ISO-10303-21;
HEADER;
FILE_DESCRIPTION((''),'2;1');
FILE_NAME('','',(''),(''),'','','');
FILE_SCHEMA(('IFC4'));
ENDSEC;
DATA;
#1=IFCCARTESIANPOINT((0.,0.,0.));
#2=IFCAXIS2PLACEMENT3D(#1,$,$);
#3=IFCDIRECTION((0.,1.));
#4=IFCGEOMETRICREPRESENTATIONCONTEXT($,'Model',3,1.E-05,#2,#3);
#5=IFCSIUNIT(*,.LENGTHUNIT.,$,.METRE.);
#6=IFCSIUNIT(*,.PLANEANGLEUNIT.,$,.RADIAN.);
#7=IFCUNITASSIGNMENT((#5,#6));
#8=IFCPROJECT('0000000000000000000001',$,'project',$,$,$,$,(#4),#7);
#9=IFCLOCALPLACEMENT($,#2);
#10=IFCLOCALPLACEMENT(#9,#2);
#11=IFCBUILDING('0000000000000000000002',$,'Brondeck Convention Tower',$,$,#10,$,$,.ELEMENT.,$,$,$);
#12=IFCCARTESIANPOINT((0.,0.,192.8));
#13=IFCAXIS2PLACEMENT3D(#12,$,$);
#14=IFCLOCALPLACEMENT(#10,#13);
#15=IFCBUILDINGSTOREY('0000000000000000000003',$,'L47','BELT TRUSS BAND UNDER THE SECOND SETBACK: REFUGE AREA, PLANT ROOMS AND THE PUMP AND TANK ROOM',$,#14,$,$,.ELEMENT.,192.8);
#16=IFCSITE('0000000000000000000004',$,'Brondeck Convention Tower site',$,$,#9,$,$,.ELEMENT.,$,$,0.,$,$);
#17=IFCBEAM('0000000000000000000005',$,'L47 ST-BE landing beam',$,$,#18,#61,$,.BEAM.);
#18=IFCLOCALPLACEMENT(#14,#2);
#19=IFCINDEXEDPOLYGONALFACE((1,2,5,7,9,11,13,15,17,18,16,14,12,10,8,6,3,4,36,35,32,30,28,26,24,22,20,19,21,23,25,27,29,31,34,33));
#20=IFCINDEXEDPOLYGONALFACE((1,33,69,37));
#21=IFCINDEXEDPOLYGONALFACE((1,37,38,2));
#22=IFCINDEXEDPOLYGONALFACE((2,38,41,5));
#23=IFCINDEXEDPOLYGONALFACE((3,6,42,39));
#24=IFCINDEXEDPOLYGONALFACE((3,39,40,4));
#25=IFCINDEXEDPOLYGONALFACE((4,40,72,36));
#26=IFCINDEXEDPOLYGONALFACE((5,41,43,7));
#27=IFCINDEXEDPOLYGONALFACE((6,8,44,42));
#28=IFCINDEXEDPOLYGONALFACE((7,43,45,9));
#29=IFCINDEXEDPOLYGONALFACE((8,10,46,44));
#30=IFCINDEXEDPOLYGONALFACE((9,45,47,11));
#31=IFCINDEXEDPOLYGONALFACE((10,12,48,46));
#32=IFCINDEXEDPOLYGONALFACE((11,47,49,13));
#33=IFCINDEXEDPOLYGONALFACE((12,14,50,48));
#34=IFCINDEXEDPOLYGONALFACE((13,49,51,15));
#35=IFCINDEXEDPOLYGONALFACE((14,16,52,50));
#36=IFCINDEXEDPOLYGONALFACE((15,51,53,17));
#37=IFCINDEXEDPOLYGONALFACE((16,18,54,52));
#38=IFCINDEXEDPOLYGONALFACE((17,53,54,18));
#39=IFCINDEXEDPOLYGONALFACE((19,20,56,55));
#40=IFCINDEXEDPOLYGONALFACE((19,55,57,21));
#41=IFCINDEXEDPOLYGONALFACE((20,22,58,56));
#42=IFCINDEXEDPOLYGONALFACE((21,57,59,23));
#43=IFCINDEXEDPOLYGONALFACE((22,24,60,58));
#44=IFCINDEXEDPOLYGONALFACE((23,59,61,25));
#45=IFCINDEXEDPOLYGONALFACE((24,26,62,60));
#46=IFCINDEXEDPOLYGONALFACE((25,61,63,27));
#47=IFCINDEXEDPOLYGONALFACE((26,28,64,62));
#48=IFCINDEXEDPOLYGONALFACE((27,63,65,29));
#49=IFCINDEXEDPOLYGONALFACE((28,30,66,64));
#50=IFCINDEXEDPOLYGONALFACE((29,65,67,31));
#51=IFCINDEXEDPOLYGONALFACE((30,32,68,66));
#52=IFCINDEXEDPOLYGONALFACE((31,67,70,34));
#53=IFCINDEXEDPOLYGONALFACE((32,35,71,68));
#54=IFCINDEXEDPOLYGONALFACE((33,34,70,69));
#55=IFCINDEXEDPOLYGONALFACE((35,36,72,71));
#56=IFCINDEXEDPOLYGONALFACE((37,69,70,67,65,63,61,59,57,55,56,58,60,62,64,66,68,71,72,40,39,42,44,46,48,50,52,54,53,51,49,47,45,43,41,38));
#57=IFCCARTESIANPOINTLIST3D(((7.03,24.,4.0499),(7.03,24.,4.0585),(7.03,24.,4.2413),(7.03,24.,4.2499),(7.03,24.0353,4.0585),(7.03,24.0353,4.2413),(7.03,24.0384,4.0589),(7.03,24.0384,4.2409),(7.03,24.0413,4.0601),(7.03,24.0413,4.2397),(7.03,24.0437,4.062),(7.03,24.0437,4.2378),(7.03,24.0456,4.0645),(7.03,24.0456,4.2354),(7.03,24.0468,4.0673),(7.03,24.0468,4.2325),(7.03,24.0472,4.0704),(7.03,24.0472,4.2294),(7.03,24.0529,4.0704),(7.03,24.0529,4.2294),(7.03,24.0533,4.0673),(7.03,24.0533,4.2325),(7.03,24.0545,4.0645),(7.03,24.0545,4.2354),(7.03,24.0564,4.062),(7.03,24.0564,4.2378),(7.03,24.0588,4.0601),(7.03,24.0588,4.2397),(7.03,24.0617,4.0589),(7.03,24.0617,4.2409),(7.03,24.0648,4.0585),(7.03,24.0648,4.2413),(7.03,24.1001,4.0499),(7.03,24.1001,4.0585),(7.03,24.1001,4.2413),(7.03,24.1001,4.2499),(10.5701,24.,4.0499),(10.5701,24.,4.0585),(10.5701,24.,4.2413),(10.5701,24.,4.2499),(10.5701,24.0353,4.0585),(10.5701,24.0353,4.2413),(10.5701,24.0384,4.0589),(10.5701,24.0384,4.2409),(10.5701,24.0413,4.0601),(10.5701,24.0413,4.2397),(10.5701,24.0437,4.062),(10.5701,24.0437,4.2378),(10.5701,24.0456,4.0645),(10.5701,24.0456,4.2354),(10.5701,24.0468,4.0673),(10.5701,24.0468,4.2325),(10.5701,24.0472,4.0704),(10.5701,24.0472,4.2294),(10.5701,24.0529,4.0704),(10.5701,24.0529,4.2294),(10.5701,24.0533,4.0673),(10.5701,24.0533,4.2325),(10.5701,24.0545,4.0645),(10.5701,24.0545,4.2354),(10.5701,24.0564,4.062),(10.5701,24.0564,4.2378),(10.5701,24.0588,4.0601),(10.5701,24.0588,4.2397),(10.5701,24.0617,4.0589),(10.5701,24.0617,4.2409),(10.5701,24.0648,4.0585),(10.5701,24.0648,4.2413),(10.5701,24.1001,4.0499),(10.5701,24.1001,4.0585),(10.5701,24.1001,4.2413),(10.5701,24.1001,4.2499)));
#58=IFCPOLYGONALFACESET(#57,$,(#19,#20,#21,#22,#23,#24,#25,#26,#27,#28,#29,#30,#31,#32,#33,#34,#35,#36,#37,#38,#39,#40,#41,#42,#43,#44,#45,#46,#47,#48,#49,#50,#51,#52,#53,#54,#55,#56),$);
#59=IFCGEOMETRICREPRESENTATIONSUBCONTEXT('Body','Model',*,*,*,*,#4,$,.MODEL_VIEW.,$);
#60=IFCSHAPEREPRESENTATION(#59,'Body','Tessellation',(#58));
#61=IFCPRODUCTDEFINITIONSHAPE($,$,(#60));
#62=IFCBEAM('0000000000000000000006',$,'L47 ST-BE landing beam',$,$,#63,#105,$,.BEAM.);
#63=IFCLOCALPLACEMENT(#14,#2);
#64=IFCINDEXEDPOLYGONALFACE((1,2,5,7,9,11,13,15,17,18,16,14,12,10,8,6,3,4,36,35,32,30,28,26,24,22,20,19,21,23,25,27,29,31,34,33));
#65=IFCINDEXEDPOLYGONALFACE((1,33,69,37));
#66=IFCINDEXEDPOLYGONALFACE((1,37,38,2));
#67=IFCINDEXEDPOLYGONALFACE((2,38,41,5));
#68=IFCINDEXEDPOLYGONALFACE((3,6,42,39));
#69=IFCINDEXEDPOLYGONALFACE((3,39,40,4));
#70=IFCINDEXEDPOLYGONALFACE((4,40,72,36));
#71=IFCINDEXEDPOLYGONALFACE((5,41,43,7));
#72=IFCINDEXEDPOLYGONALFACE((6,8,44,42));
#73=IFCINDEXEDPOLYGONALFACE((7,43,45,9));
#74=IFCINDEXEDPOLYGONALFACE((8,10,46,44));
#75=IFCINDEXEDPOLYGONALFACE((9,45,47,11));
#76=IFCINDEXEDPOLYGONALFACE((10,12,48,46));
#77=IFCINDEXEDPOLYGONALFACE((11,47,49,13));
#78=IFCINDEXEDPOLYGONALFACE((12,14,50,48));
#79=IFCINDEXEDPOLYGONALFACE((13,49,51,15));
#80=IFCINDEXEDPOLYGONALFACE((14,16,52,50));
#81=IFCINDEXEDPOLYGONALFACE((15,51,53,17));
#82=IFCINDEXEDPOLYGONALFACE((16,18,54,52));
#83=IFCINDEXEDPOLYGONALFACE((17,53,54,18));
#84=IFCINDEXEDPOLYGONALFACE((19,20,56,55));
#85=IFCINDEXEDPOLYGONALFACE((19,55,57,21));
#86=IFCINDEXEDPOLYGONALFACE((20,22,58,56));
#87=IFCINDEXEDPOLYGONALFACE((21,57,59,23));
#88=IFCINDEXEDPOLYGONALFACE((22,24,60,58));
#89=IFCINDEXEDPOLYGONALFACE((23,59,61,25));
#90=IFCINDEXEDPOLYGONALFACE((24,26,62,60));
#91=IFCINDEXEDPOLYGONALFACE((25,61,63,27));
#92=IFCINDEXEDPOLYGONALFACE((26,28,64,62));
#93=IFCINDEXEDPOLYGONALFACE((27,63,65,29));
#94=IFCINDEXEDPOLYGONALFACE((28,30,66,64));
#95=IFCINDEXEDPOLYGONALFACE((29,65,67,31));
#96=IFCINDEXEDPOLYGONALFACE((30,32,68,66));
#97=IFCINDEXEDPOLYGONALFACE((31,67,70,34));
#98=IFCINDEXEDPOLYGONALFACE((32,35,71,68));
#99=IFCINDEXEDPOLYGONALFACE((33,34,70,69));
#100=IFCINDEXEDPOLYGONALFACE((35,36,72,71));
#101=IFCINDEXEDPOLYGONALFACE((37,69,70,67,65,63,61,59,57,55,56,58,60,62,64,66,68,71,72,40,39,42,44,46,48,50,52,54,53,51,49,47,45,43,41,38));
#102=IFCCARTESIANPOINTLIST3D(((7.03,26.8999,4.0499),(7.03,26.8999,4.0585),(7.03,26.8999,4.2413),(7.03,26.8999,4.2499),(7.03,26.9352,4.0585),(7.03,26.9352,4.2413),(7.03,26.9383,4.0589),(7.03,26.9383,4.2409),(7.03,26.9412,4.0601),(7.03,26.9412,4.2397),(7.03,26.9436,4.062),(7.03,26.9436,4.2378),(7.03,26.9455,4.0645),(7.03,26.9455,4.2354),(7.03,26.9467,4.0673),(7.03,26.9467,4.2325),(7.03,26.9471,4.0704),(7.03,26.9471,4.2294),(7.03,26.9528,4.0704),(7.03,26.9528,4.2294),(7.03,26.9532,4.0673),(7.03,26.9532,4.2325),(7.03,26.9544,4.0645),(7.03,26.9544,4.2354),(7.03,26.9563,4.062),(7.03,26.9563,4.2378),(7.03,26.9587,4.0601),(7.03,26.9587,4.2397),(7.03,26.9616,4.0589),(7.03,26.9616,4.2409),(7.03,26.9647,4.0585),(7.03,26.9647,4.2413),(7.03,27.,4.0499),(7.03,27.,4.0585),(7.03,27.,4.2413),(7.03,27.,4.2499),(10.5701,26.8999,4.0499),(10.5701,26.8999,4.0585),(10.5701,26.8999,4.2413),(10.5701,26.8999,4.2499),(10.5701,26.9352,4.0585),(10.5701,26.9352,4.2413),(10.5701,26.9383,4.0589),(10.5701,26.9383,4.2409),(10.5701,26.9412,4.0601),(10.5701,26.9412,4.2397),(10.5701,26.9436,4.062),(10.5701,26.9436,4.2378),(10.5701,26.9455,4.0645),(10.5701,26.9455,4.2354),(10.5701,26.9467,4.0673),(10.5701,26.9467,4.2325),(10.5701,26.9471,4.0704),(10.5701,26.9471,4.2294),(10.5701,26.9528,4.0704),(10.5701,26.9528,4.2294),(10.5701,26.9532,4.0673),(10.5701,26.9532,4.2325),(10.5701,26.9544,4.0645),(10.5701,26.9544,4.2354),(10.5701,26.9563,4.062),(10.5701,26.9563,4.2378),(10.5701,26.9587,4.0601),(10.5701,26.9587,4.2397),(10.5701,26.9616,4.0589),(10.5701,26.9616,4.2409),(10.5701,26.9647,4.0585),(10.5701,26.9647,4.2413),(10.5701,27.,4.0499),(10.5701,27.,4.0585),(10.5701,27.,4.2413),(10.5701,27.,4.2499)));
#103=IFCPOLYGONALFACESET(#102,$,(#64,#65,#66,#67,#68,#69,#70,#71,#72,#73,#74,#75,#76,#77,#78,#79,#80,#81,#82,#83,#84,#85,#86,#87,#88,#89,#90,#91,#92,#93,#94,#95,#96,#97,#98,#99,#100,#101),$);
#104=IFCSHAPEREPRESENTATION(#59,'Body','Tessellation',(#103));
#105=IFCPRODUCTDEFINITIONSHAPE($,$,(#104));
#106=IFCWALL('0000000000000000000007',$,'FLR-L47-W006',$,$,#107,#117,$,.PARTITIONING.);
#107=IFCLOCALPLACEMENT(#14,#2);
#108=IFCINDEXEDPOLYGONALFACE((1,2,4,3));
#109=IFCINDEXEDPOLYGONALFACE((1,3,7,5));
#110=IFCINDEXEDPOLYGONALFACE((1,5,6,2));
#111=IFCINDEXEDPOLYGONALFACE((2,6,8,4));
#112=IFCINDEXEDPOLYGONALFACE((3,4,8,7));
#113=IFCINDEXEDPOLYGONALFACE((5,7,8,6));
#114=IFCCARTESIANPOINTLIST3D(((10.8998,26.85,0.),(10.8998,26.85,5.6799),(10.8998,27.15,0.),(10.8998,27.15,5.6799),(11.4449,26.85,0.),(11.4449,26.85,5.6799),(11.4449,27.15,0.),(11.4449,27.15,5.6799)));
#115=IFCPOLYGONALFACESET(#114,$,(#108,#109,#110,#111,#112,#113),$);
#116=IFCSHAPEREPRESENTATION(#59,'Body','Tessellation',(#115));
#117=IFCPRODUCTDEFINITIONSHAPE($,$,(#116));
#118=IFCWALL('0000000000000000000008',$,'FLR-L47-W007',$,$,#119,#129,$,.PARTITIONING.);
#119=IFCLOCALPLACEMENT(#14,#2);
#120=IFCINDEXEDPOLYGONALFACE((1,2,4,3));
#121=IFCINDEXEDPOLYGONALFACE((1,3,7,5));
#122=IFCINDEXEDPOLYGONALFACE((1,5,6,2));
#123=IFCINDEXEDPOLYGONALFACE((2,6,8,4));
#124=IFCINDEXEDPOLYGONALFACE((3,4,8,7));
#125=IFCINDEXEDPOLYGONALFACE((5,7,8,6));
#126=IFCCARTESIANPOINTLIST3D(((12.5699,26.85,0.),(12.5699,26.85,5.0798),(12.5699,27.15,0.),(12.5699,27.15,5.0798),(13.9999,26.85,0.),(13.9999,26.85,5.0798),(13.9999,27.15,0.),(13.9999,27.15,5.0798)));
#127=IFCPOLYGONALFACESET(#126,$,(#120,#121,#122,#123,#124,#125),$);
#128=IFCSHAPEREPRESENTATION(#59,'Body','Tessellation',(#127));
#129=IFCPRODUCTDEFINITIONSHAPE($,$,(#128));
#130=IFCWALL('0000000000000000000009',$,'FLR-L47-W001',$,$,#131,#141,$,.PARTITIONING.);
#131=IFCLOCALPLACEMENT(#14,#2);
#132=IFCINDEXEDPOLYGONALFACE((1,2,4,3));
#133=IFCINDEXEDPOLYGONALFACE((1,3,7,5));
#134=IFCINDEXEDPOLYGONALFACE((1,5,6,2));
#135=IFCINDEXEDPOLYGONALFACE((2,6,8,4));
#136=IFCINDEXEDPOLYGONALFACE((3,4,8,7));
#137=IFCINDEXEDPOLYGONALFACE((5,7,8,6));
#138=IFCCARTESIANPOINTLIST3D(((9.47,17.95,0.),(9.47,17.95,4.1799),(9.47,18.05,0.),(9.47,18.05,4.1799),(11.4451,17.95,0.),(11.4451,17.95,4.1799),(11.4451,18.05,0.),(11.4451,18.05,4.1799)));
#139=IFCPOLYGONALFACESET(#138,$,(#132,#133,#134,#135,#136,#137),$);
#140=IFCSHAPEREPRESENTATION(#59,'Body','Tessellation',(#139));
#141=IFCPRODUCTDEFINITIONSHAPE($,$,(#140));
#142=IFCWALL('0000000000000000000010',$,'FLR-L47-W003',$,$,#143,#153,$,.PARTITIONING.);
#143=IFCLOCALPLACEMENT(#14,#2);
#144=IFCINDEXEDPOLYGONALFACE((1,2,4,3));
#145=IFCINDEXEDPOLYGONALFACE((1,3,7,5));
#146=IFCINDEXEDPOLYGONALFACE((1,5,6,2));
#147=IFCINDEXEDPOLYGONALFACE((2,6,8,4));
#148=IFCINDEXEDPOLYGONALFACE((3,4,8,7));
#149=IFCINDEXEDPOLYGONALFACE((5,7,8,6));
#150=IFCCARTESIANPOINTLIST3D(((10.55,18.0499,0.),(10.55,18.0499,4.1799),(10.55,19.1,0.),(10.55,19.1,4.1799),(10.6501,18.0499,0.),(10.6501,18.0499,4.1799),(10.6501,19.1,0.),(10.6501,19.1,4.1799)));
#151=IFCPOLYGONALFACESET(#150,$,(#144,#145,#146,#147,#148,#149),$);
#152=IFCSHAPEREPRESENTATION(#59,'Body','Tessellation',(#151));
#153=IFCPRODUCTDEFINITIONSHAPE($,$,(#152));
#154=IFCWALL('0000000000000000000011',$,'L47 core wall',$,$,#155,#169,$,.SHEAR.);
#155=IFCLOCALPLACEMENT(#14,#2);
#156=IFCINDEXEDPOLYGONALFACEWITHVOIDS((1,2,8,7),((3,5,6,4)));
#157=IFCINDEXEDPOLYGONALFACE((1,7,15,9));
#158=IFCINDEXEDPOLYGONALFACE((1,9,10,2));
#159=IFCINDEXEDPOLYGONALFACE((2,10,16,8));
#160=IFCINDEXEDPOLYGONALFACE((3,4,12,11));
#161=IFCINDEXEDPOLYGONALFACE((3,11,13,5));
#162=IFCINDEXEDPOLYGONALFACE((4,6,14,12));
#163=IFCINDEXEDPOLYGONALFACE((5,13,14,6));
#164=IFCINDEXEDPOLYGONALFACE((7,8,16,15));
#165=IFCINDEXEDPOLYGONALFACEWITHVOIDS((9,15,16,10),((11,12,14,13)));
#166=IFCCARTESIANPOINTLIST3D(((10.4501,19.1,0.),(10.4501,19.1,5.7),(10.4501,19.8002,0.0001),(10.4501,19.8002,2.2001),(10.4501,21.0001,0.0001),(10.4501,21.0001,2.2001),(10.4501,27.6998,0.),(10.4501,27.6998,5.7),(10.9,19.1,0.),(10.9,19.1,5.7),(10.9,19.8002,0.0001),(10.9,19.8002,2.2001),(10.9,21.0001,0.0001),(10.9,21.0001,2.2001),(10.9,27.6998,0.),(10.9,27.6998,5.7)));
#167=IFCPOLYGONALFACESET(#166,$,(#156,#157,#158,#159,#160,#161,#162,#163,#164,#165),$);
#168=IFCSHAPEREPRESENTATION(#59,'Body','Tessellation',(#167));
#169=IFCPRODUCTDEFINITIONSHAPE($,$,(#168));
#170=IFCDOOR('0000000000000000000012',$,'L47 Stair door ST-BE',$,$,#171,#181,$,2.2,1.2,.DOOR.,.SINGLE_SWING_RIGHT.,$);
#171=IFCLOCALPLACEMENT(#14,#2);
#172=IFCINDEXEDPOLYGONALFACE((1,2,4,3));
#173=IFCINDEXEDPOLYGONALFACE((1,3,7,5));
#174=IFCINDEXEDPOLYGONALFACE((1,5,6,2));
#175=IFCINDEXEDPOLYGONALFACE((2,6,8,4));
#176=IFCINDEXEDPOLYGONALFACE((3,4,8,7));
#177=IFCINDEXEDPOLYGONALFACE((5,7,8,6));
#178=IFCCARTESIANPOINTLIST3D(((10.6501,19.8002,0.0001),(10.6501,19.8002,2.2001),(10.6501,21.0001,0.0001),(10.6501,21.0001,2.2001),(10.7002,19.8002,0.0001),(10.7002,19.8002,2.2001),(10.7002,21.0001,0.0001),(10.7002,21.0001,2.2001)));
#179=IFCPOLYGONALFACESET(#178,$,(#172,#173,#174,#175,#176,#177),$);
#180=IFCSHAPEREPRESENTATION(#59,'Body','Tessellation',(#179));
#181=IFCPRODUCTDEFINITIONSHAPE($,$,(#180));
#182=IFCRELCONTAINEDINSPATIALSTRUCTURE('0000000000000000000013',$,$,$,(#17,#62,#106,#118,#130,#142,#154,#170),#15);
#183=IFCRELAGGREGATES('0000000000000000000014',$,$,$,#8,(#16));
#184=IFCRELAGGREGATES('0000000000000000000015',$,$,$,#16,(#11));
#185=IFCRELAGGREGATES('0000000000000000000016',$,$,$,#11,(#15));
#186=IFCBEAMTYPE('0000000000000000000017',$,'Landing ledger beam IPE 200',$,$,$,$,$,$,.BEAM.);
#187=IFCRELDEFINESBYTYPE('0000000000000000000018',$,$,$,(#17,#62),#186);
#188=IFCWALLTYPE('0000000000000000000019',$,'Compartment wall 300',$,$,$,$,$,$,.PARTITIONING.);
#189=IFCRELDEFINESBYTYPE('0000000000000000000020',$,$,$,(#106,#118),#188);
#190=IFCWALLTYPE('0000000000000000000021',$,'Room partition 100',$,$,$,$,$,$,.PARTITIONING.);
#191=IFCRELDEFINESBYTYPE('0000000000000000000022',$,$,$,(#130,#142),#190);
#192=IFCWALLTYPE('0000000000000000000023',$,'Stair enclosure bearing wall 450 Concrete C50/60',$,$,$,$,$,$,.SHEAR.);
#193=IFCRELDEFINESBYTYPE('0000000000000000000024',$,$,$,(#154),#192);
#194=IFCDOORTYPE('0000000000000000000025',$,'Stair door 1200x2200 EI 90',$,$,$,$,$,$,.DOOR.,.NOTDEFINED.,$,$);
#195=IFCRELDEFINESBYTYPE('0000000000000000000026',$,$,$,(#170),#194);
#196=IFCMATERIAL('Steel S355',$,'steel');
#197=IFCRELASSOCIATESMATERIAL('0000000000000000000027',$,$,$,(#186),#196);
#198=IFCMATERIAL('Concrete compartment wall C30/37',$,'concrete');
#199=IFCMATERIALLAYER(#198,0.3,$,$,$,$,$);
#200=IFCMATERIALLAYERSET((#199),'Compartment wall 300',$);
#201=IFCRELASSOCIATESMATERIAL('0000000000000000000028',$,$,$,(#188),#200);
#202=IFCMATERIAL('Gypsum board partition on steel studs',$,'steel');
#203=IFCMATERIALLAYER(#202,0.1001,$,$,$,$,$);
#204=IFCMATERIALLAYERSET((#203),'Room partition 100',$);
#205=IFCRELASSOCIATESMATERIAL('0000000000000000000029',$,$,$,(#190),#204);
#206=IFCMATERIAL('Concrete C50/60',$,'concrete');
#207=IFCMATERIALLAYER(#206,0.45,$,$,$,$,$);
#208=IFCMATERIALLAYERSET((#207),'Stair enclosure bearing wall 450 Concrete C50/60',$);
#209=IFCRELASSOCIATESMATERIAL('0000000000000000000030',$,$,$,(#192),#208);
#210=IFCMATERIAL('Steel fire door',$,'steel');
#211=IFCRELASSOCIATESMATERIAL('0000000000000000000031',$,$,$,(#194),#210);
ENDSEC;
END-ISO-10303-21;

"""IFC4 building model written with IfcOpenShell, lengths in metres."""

from ifc_helpers import new_model, si_unit, direction, frame, frame_2d, origin, origin_2d, place, context, subcontext, project, spatial, rectangle, i_section, extrude, material, layer, layer_set, material_profile, profile_set, type_object, element, fill, save


model = new_model("IFC4")

# Units and contexts
model_context = context("Model", 3, precision=1e-05, world=origin(), true_north=direction((0.0, 1.0)))
body_context = subcontext(model_context, "Body", "Model", "MODEL_VIEW")
ifc_project = project(units=[si_unit("LENGTHUNIT", "METRE"), si_unit("PLANEANGLEUNIT", "RADIAN")], contexts=[model_context])

# Site, building, storey
site_placement = place(None, origin())
site = spatial("IfcSite", under=ifc_project, at=site_placement, Name="Brondeck Convention Tower site", CompositionType="ELEMENT", RefElevation=0.0)
building_placement = place(site_placement, origin())
building = spatial("IfcBuilding", under=site, at=building_placement, Name="Brondeck Convention Tower", CompositionType="ELEMENT")
storey_placement = place(building_placement, frame((0.0, 0.0, 192.8)))
storey = spatial("IfcBuildingStorey", under=building, at=storey_placement, Name="L47", Description="BELT TRUSS BAND UNDER THE SECOND SETBACK: REFUGE AREA, PLANT ROOMS AND THE PUMP AND TANK ROOM", CompositionType="ELEMENT", Elevation=192.8)

# Beams
ifc_material_1 = material(Name="Steel S355", Category="steel")
ifc_material_profile_1 = material_profile(ifc_material_1, i_section(OverallWidth=0.1001, OverallDepth=0.2, WebThickness=0.0056, FlangeThickness=0.0085, FilletRadius=0.012, at=origin_2d()), Name="IPE200")
ifc_profile_set_1 = profile_set([ifc_material_profile_1], Name="Steel S355")
beam_type_1 = type_object("IfcBeamType", Name="Landing ledger beam IPE 200", PredefinedType="BEAM", material=ifc_profile_set_1)
for number, where, z_axis, x_axis, name in (
    (1, (10.5701, 24.05, 4.1499), (-1.0, 0.0, 0.0), (0.0, -1.0, 0.0), "L47 ST-BE landing beam"),
    (2, (10.5701, 26.95, 4.1499), (-1.0, 0.0, 0.0), (0.0, -1.0, 0.0), "L47 ST-BE landing beam"),
):
    element("IfcBeam", number, at=place(storey_placement, frame(where, z_axis=z_axis, x_axis=x_axis)), inside=storey, type_object=beam_type_1, Name=name, PredefinedType="BEAM", context=body_context, shape_type="SweptSolid", body=[
        extrude(i_section(OverallWidth=0.1001, OverallDepth=0.2, WebThickness=0.0056, FlangeThickness=0.0085, FilletRadius=0.012, at=origin_2d()), origin(), (0.0, 0.0, 1.0), 3.54),
    ])

# Walls
ifc_material_2 = material(Name="Concrete compartment wall C30/37", Category="concrete")
ifc_layer_1 = layer(ifc_material_2, 0.3)
ifc_layer_set_1 = layer_set([ifc_layer_1], Name="Compartment wall 300")
wall_type_1 = type_object("IfcWallType", Name="Compartment wall 300", PredefinedType="PARTITIONING", material=ifc_layer_set_1)
wall_1_placement = place(storey_placement, frame((10.8999, 27.0, 0.0), z_axis=(0.0, 0.0, 1.0), x_axis=(1.0, 0.0, 0.0)))
element("IfcWall", 3, at=wall_1_placement, inside=storey, type_object=wall_type_1, Name="FLR-L47-W006", PredefinedType="PARTITIONING", context=body_context, shape_type="SweptSolid", body=[
    extrude(rectangle(XDim=0.5452, YDim=0.3, at=frame_2d((0.2725, 0.0))), origin(), (0.0, 0.0, 1.0), 5.6799),
])
wall_2_placement = place(storey_placement, frame((12.5701, 27.0, 0.0), z_axis=(0.0, 0.0, 1.0), x_axis=(1.0, 0.0, 0.0)))
element("IfcWall", 4, at=wall_2_placement, inside=storey, type_object=wall_type_1, Name="FLR-L47-W007", PredefinedType="PARTITIONING", context=body_context, shape_type="SweptSolid", body=[
    extrude(rectangle(XDim=1.4299, YDim=0.3, at=frame_2d((0.7148, 0.0))), origin(), (0.0, 0.0, 1.0), 5.0798),
])
ifc_material_3 = material(Name="Gypsum board partition on steel studs", Category="steel")
ifc_layer_2 = layer(ifc_material_3, 0.1001)
ifc_layer_set_2 = layer_set([ifc_layer_2], Name="Room partition 100")
wall_type_2 = type_object("IfcWallType", Name="Room partition 100", PredefinedType="PARTITIONING", material=ifc_layer_set_2)
wall_3_placement = place(storey_placement, frame((11.4451, 18.0, 0.0), z_axis=(0.0, 0.0, 1.0), x_axis=(-1.0, 0.0, 0.0)))
element("IfcWall", 5, at=wall_3_placement, inside=storey, type_object=wall_type_2, Name="FLR-L47-W001", PredefinedType="PARTITIONING", context=body_context, shape_type="SweptSolid", body=[
    extrude(rectangle(XDim=1.9751, YDim=0.1001, at=frame_2d((0.9875, 0.0))), origin(), (0.0, 0.0, 1.0), 4.1799),
])
wall_4_placement = place(storey_placement, frame((10.6001, 18.05, 0.0), z_axis=(0.0, 0.0, 1.0), x_axis=(0.0, 1.0, 0.0)))
element("IfcWall", 6, at=wall_4_placement, inside=storey, type_object=wall_type_2, Name="FLR-L47-W003", PredefinedType="PARTITIONING", context=body_context, shape_type="SweptSolid", body=[
    extrude(rectangle(XDim=1.05, YDim=0.1001, at=frame_2d((0.5249, 0.0))), origin(), (0.0, 0.0, 1.0), 4.1799),
])

# Wall, opening, door
ifc_material_4 = material(Name="Concrete C50/60", Category="concrete")
ifc_layer_3 = layer(ifc_material_4, 0.45)
ifc_layer_set_3 = layer_set([ifc_layer_3], Name="Stair enclosure bearing wall 450 Concrete C50/60")
wall_type_3 = type_object("IfcWallType", Name="Stair enclosure bearing wall 450 Concrete C50/60", PredefinedType="SHEAR", material=ifc_layer_set_3)
wall_5_placement = place(storey_placement, frame((10.675, 19.1001, 0.0), z_axis=(0.0, 0.0, 1.0), x_axis=(0.0, 1.0, 0.0)))
wall_5 = element("IfcWall", 7, at=wall_5_placement, inside=storey, type_object=wall_type_3, Name="L47 core wall", PredefinedType="SHEAR", context=body_context, shape_type="SweptSolid", body=[
    extrude(rectangle(XDim=8.5999, YDim=0.45, at=frame_2d((4.2998, 0.0))), origin(), (0.0, 0.0, 1.0), 5.7),
])
opening_placement = place(wall_5_placement, frame((0.7, 0.0, 0.0)))
opening = element("IfcOpeningElement", 8, at=opening_placement, cuts=wall_5, PredefinedType="OPENING", context=body_context, shape_type="SweptSolid", body=[
    extrude(rectangle(XDim=1.2, YDim=2.2, at=frame_2d((0.6001, 1.1001))), frame((0.0, 0.2349, 0.0), z_axis=(0.0, -1.0, 0.0), x_axis=(1.0, 0.0, 0.0)), (0.0, 0.0, 1.0), 0.47),
])
ifc_material_5 = material(Name="Steel fire door", Category="steel")
door_type = type_object("IfcDoorType", Name="Stair door 1200x2200 EI 90", OperationType="NOTDEFINED", PredefinedType="DOOR", material=ifc_material_5)
door_placement = place(opening_placement, origin())
door = element("IfcDoor", 9, at=door_placement, inside=storey, type_object=door_type, Name="L47 Stair door ST-BE", OperationType="SINGLE_SWING_RIGHT", OverallHeight=2.2, OverallWidth=1.2, PredefinedType="DOOR", context=body_context, shape_type="SweptSolid", body=[
    extrude(rectangle(XDim=1.2, YDim=2.2, at=frame_2d((0.6001, 1.1001))), frame((0.0, 0.0249, 0.0), z_axis=(0.0, -1.0, 0.0), x_axis=(1.0, 0.0, 0.0)), (0.0, 0.0, 1.0), 0.05),
])
fill(opening, door)

save(model, "model.ifc")
